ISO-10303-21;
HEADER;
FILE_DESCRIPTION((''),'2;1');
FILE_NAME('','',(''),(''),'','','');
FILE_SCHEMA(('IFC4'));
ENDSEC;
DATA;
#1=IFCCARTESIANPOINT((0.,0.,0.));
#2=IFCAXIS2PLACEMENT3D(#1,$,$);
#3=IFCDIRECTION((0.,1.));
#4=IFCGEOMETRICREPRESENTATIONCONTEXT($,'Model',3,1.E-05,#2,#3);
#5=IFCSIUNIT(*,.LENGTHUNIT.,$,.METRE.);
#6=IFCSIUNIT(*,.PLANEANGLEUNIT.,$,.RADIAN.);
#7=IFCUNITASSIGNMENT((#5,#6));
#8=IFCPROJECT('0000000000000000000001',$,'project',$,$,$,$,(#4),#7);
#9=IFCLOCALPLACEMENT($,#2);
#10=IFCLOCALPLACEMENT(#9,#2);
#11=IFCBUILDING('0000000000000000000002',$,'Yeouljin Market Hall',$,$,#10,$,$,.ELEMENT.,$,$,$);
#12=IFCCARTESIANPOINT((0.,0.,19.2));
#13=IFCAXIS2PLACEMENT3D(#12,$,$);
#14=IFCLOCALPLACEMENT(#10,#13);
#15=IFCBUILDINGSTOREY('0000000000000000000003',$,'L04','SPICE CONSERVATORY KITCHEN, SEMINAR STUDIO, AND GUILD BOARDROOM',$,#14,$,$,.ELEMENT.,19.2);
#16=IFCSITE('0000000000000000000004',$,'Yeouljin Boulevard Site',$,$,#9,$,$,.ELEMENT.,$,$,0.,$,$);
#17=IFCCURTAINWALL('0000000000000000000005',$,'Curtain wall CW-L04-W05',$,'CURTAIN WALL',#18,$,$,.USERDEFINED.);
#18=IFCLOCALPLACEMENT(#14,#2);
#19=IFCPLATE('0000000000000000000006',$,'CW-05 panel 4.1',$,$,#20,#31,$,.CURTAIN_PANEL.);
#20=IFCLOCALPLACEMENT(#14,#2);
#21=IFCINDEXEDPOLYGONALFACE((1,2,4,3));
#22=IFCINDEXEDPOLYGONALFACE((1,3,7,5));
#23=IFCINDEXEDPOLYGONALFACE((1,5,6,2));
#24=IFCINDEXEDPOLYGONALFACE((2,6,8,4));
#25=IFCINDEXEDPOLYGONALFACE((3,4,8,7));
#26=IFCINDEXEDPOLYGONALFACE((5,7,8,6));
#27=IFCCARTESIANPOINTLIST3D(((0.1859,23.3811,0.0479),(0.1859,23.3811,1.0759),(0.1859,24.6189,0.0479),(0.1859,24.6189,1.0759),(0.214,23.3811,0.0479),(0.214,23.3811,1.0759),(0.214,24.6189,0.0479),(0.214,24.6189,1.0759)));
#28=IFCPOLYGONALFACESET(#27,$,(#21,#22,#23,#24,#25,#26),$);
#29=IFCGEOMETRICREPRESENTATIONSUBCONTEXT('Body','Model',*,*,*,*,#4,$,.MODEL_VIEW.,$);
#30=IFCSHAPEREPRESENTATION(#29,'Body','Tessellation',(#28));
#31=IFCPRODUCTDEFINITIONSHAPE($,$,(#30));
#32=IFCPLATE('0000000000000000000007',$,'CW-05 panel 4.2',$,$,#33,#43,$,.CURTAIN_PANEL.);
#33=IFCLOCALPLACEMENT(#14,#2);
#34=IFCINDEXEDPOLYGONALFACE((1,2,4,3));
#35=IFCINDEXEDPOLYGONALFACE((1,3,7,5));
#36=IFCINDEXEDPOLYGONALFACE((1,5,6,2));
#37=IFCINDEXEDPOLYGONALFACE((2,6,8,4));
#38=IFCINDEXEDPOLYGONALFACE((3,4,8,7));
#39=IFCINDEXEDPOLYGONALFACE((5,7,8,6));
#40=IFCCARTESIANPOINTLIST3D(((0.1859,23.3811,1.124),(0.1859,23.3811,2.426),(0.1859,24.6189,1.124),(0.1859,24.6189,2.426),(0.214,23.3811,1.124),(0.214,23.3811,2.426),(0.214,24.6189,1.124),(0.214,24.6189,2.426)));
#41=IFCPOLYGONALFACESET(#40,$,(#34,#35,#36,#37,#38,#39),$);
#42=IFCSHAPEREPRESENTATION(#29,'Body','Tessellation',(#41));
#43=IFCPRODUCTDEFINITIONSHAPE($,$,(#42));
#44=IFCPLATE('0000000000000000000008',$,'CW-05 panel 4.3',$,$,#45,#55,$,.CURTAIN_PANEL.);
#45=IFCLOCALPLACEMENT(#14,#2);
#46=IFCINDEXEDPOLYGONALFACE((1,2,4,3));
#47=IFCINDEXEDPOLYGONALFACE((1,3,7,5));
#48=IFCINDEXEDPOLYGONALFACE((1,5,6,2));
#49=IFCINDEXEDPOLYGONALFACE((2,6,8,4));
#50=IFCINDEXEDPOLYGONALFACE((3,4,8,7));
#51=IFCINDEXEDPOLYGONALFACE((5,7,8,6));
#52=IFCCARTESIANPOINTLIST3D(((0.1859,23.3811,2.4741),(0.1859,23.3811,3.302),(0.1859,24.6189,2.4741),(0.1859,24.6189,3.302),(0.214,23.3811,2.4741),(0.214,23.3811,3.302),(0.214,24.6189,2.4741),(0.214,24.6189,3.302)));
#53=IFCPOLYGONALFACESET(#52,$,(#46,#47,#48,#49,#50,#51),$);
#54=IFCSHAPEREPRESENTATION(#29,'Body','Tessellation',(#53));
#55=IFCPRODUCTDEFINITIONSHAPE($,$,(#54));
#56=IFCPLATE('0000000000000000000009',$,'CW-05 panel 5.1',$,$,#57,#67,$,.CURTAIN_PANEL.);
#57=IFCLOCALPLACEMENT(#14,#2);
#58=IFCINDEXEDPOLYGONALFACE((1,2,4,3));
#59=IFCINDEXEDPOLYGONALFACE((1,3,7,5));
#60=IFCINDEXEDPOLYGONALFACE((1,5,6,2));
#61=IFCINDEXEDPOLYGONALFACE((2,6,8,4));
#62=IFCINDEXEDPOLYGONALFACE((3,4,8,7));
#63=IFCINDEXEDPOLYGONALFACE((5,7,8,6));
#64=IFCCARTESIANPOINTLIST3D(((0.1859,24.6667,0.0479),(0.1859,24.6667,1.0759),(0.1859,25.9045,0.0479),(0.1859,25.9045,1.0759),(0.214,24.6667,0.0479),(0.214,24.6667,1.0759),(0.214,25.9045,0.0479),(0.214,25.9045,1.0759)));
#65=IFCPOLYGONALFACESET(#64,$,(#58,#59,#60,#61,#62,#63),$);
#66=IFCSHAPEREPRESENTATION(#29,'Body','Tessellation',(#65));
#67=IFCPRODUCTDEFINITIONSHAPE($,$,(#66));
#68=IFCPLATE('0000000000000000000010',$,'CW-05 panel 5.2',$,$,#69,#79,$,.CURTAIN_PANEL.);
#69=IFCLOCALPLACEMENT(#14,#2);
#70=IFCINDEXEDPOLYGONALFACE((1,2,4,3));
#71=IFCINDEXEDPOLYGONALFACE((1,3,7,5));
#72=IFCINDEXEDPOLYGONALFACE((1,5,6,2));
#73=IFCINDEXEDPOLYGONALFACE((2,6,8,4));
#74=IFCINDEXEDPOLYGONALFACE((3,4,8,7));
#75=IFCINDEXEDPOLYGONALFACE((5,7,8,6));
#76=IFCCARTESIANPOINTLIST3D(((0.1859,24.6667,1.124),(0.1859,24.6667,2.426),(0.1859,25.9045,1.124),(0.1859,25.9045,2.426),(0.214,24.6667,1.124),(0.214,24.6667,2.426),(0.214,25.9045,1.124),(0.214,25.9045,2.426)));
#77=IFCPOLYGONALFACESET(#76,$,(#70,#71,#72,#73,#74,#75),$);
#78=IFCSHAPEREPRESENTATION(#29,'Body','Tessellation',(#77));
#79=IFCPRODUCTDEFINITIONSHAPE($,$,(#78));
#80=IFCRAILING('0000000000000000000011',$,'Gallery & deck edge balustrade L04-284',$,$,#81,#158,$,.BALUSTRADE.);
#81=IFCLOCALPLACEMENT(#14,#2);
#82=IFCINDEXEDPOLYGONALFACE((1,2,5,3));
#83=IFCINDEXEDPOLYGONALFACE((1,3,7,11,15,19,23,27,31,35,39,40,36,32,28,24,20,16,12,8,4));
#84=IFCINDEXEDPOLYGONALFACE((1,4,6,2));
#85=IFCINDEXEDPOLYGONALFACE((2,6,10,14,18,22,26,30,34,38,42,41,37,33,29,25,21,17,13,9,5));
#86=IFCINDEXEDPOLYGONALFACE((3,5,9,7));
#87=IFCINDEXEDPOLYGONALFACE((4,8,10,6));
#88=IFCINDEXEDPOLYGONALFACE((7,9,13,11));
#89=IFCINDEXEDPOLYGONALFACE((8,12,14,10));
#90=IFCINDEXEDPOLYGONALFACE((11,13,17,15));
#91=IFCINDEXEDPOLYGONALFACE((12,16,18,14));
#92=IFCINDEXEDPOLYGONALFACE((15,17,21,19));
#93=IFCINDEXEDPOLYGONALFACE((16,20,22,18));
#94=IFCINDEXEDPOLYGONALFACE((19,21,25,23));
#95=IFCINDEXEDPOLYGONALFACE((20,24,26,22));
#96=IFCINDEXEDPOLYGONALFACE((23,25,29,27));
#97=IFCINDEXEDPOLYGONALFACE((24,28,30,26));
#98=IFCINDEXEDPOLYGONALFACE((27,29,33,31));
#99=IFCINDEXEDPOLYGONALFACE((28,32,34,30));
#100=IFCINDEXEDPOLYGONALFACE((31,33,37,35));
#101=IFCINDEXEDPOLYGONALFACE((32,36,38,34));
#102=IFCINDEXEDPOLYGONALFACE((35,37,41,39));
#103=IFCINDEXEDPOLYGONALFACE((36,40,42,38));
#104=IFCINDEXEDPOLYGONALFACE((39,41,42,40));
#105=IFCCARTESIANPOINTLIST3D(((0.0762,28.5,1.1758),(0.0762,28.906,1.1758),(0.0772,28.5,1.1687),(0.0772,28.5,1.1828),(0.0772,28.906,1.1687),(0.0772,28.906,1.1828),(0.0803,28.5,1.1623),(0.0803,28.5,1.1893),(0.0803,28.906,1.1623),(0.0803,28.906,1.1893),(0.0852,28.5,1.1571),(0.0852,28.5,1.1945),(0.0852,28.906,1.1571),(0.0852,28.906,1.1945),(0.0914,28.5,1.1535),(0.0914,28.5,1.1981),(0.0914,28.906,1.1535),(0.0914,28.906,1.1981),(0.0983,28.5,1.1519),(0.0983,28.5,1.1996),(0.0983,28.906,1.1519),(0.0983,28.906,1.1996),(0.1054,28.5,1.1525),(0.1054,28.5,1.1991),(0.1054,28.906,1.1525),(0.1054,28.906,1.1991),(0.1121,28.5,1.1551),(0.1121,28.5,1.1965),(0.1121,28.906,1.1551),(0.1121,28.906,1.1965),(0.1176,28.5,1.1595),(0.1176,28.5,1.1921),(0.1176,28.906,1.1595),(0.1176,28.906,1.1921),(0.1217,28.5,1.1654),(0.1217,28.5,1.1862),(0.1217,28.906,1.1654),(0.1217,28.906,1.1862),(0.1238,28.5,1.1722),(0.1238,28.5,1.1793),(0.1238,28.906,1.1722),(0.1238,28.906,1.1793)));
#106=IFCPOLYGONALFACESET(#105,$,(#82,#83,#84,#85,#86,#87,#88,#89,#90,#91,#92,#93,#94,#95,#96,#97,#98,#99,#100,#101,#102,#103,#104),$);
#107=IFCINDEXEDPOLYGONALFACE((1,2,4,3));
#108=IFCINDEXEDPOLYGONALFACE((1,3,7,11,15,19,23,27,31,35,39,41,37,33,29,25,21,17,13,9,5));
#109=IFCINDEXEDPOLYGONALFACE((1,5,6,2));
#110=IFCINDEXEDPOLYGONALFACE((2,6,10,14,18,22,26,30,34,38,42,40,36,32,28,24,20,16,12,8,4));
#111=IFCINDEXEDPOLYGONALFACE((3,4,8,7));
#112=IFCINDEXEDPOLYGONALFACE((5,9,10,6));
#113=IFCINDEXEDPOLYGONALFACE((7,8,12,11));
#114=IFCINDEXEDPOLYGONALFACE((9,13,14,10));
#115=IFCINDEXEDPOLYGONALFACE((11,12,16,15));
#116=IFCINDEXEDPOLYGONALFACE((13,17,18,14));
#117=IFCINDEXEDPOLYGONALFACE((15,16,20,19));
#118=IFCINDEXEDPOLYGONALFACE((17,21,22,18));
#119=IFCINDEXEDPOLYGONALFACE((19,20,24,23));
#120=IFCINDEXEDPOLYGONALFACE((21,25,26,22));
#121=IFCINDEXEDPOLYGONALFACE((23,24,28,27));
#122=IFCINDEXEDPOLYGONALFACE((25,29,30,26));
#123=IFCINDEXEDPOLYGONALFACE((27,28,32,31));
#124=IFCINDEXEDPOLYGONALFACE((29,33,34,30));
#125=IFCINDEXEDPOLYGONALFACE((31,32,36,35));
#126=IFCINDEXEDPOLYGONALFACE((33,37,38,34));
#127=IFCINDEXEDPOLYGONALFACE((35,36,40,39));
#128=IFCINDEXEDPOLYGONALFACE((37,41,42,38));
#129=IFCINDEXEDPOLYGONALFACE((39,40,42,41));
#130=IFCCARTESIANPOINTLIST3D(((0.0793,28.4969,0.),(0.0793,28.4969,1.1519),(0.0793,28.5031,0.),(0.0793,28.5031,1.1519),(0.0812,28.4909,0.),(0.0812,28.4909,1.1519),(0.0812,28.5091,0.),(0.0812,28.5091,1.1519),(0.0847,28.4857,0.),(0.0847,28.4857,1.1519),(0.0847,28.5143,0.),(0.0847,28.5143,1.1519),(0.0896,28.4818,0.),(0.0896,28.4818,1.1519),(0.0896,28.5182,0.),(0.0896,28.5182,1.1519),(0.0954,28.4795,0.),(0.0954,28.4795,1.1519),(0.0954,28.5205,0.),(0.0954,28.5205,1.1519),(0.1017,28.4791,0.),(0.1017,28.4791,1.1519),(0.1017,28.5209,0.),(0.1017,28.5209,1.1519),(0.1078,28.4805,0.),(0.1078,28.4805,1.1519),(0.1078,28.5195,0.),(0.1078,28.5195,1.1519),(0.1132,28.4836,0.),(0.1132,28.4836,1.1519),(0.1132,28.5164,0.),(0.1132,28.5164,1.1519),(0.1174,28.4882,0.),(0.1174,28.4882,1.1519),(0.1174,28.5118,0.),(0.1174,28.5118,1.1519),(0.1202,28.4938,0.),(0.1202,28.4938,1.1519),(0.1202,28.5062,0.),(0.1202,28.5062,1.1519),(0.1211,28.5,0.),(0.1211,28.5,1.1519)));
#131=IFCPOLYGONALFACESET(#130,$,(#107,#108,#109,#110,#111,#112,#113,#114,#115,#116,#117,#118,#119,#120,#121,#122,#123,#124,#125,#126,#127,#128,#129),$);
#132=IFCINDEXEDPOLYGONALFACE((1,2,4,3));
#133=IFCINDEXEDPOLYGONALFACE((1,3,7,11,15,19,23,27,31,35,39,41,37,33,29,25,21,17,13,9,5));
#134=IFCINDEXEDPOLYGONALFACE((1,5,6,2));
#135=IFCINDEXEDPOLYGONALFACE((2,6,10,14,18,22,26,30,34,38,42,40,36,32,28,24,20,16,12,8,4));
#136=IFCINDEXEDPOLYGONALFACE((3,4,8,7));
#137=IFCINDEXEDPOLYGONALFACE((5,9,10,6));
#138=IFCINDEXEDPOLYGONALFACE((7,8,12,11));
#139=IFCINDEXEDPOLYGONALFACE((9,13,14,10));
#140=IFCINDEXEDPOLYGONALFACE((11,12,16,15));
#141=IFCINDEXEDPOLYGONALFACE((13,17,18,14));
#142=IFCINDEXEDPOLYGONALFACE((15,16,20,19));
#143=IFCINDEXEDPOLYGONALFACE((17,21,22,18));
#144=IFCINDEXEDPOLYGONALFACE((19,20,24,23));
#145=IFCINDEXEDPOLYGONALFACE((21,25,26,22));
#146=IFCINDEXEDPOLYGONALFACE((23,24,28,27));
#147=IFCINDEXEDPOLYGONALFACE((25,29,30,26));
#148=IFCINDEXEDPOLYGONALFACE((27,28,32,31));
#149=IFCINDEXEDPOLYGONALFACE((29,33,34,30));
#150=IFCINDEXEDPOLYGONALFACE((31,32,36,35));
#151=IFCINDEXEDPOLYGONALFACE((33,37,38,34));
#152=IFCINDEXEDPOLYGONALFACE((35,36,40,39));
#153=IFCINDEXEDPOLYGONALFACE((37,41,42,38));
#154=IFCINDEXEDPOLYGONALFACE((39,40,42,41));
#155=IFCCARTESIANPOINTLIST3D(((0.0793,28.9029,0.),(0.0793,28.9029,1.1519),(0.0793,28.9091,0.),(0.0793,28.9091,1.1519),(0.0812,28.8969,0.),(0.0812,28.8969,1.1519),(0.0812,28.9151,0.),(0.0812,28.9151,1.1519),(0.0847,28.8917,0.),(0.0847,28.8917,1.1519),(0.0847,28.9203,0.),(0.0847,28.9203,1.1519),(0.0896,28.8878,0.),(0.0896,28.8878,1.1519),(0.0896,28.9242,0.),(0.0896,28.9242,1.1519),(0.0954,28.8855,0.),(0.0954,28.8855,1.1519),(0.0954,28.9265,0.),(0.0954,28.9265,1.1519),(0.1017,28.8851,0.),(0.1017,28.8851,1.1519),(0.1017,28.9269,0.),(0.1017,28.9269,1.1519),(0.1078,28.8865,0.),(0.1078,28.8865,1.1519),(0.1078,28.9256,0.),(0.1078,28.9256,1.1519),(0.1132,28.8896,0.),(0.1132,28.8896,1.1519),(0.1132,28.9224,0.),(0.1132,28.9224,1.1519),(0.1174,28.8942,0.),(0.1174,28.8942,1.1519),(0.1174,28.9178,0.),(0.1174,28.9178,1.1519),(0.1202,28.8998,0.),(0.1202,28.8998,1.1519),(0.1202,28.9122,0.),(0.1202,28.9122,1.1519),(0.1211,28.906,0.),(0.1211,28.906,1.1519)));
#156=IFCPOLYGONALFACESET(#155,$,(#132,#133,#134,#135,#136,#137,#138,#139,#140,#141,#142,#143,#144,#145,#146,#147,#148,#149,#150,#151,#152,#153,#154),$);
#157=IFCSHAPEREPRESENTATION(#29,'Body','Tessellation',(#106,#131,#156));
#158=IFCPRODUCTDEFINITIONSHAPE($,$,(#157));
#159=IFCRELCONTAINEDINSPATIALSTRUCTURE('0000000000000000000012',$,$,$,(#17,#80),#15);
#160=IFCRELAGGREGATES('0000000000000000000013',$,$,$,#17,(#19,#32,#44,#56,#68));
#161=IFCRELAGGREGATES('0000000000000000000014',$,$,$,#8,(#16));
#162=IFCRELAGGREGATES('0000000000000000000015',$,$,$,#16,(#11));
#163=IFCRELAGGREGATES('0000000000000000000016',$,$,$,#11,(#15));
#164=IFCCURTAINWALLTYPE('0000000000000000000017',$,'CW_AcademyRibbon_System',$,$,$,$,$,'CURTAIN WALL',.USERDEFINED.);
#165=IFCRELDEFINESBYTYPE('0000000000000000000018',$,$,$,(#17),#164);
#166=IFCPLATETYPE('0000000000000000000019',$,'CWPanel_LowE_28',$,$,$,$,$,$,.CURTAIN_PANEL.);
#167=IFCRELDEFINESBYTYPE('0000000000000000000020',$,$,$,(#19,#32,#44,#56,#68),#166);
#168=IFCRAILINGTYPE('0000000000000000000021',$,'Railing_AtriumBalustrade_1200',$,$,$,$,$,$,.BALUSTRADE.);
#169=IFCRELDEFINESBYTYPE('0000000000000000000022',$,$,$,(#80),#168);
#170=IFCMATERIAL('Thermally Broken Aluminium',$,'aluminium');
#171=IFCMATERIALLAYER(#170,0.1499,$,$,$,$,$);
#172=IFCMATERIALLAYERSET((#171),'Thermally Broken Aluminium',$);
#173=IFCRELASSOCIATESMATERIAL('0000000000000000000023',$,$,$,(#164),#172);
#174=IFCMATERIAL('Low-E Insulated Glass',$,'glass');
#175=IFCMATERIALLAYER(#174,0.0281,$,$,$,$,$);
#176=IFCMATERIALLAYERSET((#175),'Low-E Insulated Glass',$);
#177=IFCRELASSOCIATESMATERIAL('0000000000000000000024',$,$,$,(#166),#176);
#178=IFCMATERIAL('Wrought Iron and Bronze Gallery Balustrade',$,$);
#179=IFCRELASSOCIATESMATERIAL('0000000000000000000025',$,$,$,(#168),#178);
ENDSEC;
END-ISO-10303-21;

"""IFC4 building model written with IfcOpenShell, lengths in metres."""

from ifc_helpers import new_model, si_unit, direction, frame, origin, origin_2d, place, context, subcontext, project, spatial, rectangle, circle, extrude, material, layer, layer_set, type_object, element, aggregate, save


model = new_model("IFC4")

# Units and contexts
model_context = context("Model", 3, precision=1e-05, world=origin(), true_north=direction((0.0, 1.0)))
body_context = subcontext(model_context, "Body", "Model", "MODEL_VIEW")
ifc_project = project(units=[si_unit("LENGTHUNIT", "METRE"), si_unit("PLANEANGLEUNIT", "RADIAN")], contexts=[model_context])

# Site, building, storey
site_placement = place(None, origin())
site = spatial("IfcSite", under=ifc_project, at=site_placement, Name="Yeouljin Boulevard Site", CompositionType="ELEMENT", RefElevation=0.0)
building_placement = place(site_placement, origin())
building = spatial("IfcBuilding", under=site, at=building_placement, Name="Yeouljin Market Hall", CompositionType="ELEMENT")
storey_placement = place(building_placement, frame((0.0, 0.0, 19.2)))
storey = spatial("IfcBuildingStorey", under=building, at=storey_placement, Name="L04", Description="SPICE CONSERVATORY KITCHEN, SEMINAR STUDIO, AND GUILD BOARDROOM", CompositionType="ELEMENT", Elevation=19.2)

# Curtain wall
ifc_material_1 = material(Name="Thermally Broken Aluminium", Category="aluminium")
ifc_layer_1 = layer(ifc_material_1, 0.1499)
ifc_layer_set_1 = layer_set([ifc_layer_1], Name="Thermally Broken Aluminium")
curtain_wall_type = type_object("IfcCurtainWallType", Name="CW_AcademyRibbon_System", ElementType="CURTAIN WALL", PredefinedType="USERDEFINED", material=ifc_layer_set_1)
curtain_wall_placement = place(storey_placement, origin())
curtain_wall = element("IfcCurtainWall", 1, at=curtain_wall_placement, inside=storey, type_object=curtain_wall_type, Name="Curtain wall CW-L04-W05", ObjectType="CURTAIN WALL", PredefinedType="USERDEFINED")

# Plates
ifc_material_2 = material(Name="Low-E Insulated Glass", Category="glass")
ifc_layer_2 = layer(ifc_material_2, 0.0281)
ifc_layer_set_2 = layer_set([ifc_layer_2], Name="Low-E Insulated Glass")
plate_type = type_object("IfcPlateType", Name="CWPanel_LowE_28", PredefinedType="CURTAIN_PANEL", material=ifc_layer_set_2)
plate_1_placement = place(storey_placement, frame((0.2, 24.0, 0.0479), z_axis=(0.0, 0.0, 1.0), x_axis=(0.0, 1.0, 0.0)))
plate_1 = element("IfcPlate", 2, at=plate_1_placement, type_object=plate_type, Name="CW-05 panel 4.1", PredefinedType="CURTAIN_PANEL", context=body_context, shape_type="SweptSolid", body=[
    extrude(rectangle(XDim=1.2378, YDim=0.0281, at=origin_2d()), origin(), (0.0, 0.0, 1.0), 1.0281),
])
plate_2_placement = place(storey_placement, frame((0.2, 24.0, 1.124), z_axis=(0.0, 0.0, 1.0), x_axis=(0.0, 1.0, 0.0)))
plate_2 = element("IfcPlate", 3, at=plate_2_placement, type_object=plate_type, Name="CW-05 panel 4.2", PredefinedType="CURTAIN_PANEL", context=body_context, shape_type="SweptSolid", body=[
    extrude(rectangle(XDim=1.2378, YDim=0.0281, at=origin_2d()), origin(), (0.0, 0.0, 1.0), 1.302),
])
plate_3_placement = place(storey_placement, frame((0.2, 24.0, 2.4741), z_axis=(0.0, 0.0, 1.0), x_axis=(0.0, 1.0, 0.0)))
plate_3 = element("IfcPlate", 4, at=plate_3_placement, type_object=plate_type, Name="CW-05 panel 4.3", PredefinedType="CURTAIN_PANEL", context=body_context, shape_type="SweptSolid", body=[
    extrude(rectangle(XDim=1.2378, YDim=0.0281, at=origin_2d()), origin(), (0.0, 0.0, 1.0), 0.8279),
])
plate_4_placement = place(storey_placement, frame((0.2, 25.2856, 0.0479), z_axis=(0.0, 0.0, 1.0), x_axis=(0.0, 1.0, 0.0)))
plate_4 = element("IfcPlate", 5, at=plate_4_placement, type_object=plate_type, Name="CW-05 panel 5.1", PredefinedType="CURTAIN_PANEL", context=body_context, shape_type="SweptSolid", body=[
    extrude(rectangle(XDim=1.2378, YDim=0.0281, at=origin_2d()), origin(), (0.0, 0.0, 1.0), 1.0281),
])
plate_5_placement = place(storey_placement, frame((0.2, 25.2856, 1.124), z_axis=(0.0, 0.0, 1.0), x_axis=(0.0, 1.0, 0.0)))
plate_5 = element("IfcPlate", 6, at=plate_5_placement, type_object=plate_type, Name="CW-05 panel 5.2", PredefinedType="CURTAIN_PANEL", context=body_context, shape_type="SweptSolid", body=[
    extrude(rectangle(XDim=1.2378, YDim=0.0281, at=origin_2d()), origin(), (0.0, 0.0, 1.0), 1.302),
])
aggregate(curtain_wall, [plate_1, plate_2, plate_3, plate_4, plate_5])

# Railing
ifc_material_3 = material(Name="Wrought Iron and Bronze Gallery Balustrade")
railing_type = type_object("IfcRailingType", Name="Railing_AtriumBalustrade_1200", PredefinedType="BALUSTRADE", material=ifc_material_3)
railing_placement = place(storey_placement, frame((0.1001, 28.5, 0.0)))
element("IfcRailing", 7, at=railing_placement, inside=storey, type_object=railing_type, Name="Gallery & deck edge balustrade L04-284", PredefinedType="BALUSTRADE", context=body_context, shape_type="SweptSolid", body=[
    extrude(circle(Radius=0.0239, at=origin_2d()), frame((0.0, 0.0, 1.1758), z_axis=(0.0, 1.0, 0.0), x_axis=(-1.0, 0.0, 0.0)), (0.0, 0.0, 1.0), 0.406),
    extrude(circle(Radius=0.021, at=origin_2d()), origin(), (0.0, 0.0, 1.0), 1.1519),
    extrude(circle(Radius=0.021, at=origin_2d()), frame((0.0, 0.406, 0.0)), (0.0, 0.0, 1.0), 1.1519),
])

save(model, "model.ifc")
